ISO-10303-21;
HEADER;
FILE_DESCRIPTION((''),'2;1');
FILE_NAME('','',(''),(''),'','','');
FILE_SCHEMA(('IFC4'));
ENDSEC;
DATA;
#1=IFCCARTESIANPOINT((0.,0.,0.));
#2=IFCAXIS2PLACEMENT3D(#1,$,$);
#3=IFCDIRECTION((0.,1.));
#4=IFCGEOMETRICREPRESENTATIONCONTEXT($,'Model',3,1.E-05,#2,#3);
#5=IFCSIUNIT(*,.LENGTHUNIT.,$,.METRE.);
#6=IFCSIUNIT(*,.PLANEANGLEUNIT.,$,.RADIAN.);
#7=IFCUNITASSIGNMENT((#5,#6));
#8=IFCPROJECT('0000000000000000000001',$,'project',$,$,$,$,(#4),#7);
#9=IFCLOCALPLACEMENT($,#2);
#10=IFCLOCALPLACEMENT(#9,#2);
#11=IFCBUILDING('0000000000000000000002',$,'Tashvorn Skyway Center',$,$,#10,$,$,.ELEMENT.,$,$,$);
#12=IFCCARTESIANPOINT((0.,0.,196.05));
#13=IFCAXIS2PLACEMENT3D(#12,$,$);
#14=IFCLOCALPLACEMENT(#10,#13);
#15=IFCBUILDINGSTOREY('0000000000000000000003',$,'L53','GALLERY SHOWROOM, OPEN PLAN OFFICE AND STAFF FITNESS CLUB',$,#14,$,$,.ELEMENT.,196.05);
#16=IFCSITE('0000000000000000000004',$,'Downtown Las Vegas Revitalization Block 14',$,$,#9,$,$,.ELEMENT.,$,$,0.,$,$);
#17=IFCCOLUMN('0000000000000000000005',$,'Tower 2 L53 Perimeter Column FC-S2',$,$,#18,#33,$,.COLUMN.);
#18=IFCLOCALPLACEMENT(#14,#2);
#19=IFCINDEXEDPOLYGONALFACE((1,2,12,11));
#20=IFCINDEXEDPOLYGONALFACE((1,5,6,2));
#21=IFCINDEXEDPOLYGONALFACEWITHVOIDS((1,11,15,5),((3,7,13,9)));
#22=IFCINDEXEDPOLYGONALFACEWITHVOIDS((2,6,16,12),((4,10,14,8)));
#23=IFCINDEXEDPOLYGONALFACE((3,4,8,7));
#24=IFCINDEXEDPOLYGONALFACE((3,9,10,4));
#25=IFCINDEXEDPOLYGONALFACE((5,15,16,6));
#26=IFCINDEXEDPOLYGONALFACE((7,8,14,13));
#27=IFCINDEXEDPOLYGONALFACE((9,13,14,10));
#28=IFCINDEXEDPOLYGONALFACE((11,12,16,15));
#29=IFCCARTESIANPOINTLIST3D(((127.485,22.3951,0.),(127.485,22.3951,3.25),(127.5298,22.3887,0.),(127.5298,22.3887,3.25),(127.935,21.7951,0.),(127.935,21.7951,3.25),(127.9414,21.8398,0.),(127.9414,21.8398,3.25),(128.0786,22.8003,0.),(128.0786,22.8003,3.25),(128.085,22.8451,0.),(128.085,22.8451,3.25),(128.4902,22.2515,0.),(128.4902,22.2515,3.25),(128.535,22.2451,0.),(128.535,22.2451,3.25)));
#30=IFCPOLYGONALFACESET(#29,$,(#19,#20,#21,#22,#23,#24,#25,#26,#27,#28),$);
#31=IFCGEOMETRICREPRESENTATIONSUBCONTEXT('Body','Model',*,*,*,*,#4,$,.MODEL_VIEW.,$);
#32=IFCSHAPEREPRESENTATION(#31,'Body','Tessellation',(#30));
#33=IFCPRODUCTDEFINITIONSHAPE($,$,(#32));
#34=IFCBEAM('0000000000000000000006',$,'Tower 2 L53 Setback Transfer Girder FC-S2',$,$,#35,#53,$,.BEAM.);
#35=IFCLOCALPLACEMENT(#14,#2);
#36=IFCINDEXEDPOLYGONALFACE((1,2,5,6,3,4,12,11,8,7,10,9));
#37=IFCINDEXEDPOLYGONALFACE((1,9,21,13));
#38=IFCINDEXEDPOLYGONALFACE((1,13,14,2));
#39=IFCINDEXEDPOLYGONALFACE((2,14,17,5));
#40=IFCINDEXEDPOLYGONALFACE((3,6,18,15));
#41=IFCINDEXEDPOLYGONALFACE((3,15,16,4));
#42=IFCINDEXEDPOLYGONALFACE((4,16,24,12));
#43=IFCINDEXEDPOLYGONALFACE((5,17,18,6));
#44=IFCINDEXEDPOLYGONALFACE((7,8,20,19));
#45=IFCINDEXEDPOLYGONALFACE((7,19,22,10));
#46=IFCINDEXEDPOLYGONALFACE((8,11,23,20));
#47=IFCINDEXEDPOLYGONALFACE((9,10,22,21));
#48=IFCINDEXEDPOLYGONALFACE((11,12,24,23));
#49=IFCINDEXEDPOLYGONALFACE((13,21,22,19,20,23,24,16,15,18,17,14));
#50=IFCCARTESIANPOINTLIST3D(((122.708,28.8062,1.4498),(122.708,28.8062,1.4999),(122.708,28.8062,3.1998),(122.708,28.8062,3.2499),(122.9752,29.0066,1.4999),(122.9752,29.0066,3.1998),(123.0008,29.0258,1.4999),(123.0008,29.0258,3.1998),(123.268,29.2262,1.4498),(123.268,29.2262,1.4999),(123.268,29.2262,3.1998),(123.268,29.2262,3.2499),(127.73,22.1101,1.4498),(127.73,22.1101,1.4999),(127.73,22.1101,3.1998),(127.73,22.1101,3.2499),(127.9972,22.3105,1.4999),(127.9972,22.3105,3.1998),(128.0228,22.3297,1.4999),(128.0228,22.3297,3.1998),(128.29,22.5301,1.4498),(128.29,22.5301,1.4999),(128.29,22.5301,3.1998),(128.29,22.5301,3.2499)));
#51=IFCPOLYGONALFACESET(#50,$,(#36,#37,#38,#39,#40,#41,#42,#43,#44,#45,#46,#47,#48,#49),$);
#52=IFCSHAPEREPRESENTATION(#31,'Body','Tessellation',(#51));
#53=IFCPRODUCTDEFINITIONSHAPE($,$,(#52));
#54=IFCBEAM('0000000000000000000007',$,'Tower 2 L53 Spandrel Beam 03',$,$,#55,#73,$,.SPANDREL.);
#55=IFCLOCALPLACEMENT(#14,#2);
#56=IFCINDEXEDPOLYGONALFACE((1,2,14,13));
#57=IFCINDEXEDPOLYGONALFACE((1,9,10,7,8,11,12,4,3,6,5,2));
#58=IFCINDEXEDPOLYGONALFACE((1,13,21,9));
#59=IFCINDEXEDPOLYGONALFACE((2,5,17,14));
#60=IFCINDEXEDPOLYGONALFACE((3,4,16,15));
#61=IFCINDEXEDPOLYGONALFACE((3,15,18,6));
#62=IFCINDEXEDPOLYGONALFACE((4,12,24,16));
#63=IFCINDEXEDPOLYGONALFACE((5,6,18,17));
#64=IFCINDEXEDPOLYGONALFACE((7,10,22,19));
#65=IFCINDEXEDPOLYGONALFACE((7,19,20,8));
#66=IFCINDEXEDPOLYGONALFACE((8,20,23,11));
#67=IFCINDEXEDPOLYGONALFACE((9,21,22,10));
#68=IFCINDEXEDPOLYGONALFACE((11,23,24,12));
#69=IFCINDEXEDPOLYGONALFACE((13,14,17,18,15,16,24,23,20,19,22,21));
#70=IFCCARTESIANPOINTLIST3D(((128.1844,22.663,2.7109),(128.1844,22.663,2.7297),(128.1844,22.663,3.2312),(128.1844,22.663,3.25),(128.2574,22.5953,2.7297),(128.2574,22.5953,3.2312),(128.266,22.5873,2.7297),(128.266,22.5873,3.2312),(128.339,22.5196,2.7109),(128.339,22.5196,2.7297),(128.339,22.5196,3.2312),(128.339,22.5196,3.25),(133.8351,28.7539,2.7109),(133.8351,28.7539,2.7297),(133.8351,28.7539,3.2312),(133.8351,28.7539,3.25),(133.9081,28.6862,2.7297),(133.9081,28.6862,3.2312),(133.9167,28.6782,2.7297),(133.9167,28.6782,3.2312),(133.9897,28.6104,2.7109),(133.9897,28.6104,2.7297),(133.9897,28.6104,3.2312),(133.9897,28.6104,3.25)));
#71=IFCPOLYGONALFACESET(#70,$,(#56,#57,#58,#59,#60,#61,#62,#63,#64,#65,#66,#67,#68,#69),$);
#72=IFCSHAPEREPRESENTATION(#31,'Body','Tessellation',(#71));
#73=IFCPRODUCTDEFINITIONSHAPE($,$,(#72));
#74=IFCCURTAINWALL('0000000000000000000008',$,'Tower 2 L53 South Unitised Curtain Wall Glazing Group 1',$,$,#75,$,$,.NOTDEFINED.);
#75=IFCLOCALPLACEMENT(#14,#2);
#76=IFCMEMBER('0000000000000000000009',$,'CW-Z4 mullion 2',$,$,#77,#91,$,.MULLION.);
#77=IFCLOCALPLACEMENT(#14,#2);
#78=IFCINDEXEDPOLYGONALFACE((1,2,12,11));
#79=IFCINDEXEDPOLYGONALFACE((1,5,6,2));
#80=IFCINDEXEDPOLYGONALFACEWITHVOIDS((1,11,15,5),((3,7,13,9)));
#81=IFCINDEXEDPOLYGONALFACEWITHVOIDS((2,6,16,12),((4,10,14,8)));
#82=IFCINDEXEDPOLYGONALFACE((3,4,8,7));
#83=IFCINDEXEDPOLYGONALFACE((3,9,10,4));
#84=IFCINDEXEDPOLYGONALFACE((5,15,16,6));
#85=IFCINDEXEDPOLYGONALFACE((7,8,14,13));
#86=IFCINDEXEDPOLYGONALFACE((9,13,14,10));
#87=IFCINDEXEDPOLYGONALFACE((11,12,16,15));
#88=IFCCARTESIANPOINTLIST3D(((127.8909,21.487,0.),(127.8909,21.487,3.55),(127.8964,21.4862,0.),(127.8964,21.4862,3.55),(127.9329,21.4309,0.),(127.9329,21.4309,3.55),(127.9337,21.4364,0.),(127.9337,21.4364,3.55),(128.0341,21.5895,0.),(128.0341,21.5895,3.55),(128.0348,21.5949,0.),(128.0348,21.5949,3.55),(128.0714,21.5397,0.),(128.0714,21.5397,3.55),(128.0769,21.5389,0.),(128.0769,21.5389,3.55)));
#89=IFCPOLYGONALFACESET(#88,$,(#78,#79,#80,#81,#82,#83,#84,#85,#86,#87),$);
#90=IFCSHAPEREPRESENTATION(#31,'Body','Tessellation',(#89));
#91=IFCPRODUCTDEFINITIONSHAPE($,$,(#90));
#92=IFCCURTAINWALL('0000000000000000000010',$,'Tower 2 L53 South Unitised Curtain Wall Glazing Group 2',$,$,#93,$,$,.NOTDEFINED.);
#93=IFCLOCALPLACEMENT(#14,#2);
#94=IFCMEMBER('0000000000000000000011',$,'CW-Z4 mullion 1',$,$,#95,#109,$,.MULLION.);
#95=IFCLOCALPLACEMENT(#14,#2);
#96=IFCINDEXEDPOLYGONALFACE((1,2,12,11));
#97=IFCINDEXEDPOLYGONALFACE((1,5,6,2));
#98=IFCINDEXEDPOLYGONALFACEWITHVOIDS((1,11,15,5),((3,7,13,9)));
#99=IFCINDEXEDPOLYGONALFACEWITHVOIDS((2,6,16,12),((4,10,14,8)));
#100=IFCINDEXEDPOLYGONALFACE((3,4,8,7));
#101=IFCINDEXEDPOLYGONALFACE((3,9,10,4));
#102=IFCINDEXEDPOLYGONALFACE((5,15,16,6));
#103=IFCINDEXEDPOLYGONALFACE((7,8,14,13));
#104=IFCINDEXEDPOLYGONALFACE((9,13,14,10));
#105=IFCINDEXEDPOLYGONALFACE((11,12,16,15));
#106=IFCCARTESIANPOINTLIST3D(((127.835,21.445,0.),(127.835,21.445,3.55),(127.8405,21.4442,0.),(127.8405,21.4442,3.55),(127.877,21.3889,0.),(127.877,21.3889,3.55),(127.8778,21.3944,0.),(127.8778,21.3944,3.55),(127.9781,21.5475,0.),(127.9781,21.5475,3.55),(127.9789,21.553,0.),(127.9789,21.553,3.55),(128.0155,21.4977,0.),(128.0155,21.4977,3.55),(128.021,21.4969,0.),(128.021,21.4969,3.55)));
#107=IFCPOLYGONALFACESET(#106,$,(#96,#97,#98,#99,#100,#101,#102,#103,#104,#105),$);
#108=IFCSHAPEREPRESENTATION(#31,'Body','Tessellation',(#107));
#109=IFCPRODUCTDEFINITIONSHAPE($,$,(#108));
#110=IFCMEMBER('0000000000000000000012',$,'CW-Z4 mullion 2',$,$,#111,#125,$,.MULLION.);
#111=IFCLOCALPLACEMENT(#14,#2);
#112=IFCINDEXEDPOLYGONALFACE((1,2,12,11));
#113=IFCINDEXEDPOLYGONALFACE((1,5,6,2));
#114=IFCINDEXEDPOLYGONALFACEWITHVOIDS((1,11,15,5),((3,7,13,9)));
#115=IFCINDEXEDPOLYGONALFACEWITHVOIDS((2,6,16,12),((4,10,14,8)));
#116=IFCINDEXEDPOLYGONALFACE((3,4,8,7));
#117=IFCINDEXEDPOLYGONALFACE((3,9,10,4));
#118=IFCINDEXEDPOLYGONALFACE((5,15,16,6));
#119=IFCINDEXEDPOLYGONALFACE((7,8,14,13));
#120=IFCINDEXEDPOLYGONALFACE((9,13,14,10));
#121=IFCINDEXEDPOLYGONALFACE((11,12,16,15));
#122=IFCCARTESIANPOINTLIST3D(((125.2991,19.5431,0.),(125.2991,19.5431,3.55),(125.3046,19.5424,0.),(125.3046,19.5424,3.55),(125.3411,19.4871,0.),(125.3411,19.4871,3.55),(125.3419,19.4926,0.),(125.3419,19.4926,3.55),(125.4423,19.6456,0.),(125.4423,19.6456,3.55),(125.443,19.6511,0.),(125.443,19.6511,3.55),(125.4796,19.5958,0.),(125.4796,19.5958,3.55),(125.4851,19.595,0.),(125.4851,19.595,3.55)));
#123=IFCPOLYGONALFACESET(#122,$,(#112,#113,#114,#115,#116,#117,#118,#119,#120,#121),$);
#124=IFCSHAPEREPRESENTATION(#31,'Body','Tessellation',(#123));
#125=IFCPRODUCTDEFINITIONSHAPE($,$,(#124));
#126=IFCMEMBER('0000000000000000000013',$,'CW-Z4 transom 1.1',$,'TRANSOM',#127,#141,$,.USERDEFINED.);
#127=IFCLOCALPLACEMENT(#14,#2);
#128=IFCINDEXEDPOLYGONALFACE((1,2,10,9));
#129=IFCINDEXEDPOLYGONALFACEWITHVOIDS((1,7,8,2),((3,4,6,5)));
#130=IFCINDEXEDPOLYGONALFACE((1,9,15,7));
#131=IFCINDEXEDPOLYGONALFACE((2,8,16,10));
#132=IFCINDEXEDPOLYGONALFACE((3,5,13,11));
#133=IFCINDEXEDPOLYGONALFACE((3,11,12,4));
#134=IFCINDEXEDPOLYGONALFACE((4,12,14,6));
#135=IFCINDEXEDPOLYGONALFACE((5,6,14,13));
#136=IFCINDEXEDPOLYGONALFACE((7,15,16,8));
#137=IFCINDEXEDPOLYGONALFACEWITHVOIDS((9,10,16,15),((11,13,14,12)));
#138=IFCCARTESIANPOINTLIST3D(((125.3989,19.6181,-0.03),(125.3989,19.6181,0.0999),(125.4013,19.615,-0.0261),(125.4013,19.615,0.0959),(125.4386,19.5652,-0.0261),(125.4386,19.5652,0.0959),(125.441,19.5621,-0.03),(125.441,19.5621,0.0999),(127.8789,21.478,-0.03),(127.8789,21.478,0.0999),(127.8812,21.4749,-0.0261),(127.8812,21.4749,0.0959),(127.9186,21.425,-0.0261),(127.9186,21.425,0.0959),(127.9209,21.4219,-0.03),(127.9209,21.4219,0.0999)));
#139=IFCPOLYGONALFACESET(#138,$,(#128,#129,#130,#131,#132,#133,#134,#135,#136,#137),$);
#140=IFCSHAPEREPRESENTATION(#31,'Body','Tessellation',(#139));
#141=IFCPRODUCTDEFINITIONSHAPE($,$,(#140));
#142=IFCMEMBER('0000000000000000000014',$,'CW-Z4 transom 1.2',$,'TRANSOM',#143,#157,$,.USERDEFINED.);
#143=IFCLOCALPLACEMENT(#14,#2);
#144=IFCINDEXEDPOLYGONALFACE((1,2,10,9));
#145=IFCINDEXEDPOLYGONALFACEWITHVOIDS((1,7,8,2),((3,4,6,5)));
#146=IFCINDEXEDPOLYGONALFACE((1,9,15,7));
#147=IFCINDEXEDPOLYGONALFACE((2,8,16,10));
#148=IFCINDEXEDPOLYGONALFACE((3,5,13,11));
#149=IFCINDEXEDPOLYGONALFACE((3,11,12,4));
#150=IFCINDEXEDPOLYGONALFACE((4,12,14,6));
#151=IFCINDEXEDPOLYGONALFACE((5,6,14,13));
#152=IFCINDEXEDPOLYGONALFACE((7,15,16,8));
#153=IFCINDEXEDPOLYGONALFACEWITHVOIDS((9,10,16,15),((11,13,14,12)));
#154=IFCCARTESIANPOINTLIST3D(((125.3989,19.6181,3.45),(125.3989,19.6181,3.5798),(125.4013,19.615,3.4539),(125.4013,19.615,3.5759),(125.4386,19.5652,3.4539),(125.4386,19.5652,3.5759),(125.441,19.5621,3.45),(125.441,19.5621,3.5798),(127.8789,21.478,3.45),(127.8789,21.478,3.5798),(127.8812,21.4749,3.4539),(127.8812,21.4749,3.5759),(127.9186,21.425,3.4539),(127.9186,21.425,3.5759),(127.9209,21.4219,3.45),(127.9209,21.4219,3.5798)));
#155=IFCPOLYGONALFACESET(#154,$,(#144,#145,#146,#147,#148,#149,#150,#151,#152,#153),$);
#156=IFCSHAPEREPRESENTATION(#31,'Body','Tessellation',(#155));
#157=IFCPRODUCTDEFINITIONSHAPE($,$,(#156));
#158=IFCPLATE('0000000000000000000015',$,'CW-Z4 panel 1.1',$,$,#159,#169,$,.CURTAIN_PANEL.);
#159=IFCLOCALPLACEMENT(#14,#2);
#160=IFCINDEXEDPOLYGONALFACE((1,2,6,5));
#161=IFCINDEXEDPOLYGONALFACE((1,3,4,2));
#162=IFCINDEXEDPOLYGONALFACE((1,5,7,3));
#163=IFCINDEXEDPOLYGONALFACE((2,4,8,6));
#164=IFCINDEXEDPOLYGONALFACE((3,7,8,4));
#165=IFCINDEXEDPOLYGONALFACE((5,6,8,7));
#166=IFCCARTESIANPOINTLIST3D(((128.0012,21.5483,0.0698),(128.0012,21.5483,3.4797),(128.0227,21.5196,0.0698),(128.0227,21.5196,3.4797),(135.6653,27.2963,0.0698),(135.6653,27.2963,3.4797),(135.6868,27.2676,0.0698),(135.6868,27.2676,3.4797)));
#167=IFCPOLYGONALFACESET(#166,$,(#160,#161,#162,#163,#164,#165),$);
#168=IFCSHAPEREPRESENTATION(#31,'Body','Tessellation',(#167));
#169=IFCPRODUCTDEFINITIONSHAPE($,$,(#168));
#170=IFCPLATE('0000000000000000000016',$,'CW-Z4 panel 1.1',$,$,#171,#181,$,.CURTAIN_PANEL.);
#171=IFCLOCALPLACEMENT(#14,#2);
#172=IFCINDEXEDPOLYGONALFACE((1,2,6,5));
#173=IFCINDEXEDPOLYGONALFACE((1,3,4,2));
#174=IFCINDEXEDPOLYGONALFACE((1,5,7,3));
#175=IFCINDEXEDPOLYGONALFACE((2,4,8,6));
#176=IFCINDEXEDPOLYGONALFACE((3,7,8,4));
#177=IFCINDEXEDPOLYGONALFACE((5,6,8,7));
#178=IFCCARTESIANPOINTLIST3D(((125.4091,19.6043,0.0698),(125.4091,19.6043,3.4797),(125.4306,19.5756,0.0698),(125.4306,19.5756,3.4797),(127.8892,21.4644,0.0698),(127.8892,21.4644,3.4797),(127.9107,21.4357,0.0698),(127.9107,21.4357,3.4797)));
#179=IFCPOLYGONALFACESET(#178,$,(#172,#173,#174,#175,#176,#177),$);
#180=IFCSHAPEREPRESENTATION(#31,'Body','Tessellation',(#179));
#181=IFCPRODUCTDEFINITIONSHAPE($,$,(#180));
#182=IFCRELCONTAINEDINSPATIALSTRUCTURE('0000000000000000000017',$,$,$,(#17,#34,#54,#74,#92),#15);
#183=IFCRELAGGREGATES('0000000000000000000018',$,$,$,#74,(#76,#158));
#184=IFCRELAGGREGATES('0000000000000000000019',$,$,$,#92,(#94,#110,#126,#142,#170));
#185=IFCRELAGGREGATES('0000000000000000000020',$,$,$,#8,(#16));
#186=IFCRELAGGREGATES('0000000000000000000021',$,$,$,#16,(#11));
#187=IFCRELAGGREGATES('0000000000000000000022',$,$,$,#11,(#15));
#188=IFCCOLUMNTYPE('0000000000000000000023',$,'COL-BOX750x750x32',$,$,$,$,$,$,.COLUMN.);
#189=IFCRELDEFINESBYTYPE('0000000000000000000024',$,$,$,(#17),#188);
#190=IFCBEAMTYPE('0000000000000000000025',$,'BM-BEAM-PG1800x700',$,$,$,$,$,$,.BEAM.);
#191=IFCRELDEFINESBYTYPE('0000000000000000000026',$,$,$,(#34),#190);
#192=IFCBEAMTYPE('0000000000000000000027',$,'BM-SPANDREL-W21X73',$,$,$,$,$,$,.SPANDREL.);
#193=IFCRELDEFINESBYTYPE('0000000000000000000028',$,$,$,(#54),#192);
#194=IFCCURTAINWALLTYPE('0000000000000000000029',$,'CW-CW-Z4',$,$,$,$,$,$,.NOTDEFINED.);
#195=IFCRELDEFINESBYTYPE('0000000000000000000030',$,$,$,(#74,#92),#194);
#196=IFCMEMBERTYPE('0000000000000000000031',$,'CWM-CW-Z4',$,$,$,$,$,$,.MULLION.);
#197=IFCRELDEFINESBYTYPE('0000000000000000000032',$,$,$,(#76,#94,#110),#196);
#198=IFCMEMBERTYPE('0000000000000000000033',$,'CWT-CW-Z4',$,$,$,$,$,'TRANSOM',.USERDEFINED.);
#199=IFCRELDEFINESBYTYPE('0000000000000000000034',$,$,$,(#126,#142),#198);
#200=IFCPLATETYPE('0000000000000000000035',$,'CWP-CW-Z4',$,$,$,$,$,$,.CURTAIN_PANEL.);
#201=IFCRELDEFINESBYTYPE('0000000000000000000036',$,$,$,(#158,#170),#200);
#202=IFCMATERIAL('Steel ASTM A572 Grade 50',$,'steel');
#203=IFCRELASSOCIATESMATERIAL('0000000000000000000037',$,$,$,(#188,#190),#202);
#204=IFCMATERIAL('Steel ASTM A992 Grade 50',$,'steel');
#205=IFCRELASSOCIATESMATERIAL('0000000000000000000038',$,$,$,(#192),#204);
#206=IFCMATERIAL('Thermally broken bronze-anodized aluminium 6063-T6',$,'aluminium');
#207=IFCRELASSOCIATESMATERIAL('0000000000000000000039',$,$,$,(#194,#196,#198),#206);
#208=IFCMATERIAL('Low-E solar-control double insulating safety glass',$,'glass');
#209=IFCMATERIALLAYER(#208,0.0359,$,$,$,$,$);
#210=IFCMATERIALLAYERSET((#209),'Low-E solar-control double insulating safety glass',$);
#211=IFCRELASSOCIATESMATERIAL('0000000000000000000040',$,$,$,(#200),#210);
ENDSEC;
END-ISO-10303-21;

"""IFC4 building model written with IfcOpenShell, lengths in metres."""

from ifc_helpers import new_model, si_unit, direction, frame, origin, origin_2d, place, context, subcontext, project, spatial, rectangle, hollow_rectangle, i_section, extrude, material, layer, layer_set, material_profile, profile_set, type_object, element, aggregate, save


model = new_model("IFC4")

# Units and contexts
model_context = context("Model", 3, precision=1e-05, world=origin(), true_north=direction((0.0, 1.0)))
body_context = subcontext(model_context, "Body", "Model", "MODEL_VIEW")
ifc_project = project(units=[si_unit("LENGTHUNIT", "METRE"), si_unit("PLANEANGLEUNIT", "RADIAN")], contexts=[model_context])

# Site, building, storey
site_placement = place(None, origin())
site = spatial("IfcSite", under=ifc_project, at=site_placement, Name="Downtown Las Vegas Revitalization Block 14", CompositionType="ELEMENT", RefElevation=0.0)
building_placement = place(site_placement, origin())
building = spatial("IfcBuilding", under=site, at=building_placement, Name="Tashvorn Skyway Center", CompositionType="ELEMENT")
storey_placement = place(building_placement, frame((0.0, 0.0, 196.05)))
storey = spatial("IfcBuildingStorey", under=building, at=storey_placement, Name="L53", Description="GALLERY SHOWROOM, OPEN PLAN OFFICE AND STAFF FITNESS CLUB", CompositionType="ELEMENT", Elevation=196.05)

# Column
ifc_material_1 = material(Name="Steel ASTM A572 Grade 50", Category="steel")
ifc_material_profile_1 = material_profile(ifc_material_1, hollow_rectangle(XDim=0.75, YDim=0.75, WallThickness=0.032, at=origin_2d()), Name="BOX750x750x32")
ifc_profile_set_1 = profile_set([ifc_material_profile_1], Name="Steel ASTM A572 Grade 50")
column_type = type_object("IfcColumnType", Name="COL-BOX750x750x32", PredefinedType="COLUMN", material=ifc_profile_set_1)
column_placement = place(storey_placement, frame((128.01, 22.3201, 0.0), z_axis=(0.0, 0.0, 1.0), x_axis=(0.8, 0.6, 0.0)))
element("IfcColumn", 1, at=column_placement, inside=storey, type_object=column_type, Name="Tower 2 L53 Perimeter Column FC-S2", PredefinedType="COLUMN", context=body_context, shape_type="SweptSolid", body=[
    extrude(hollow_rectangle(XDim=0.75, YDim=0.75, WallThickness=0.032, at=origin_2d()), origin(), (0.0, 0.0, 1.0), 3.25),
])

# Beams
ifc_material_profile_2 = material_profile(ifc_material_1, i_section(OverallWidth=0.7, OverallDepth=1.8, WebThickness=0.032, FlangeThickness=0.05, at=origin_2d()), Name="PG1800x700")
ifc_profile_set_2 = profile_set([ifc_material_profile_2], Name="Steel ASTM A572 Grade 50")
beam_type_1 = type_object("IfcBeamType", Name="BM-BEAM-PG1800x700", PredefinedType="BEAM", material=ifc_profile_set_2)
beam_1_placement = place(storey_placement, frame((128.01, 22.3201, 2.3499), z_axis=(-0.599995, 0.800004, 0.0), x_axis=(-0.800004, -0.599995, 0.0)))
element("IfcBeam", 2, at=beam_1_placement, inside=storey, type_object=beam_type_1, Name="Tower 2 L53 Setback Transfer Girder FC-S2", PredefinedType="BEAM", context=body_context, shape_type="SweptSolid", body=[
    extrude(i_section(OverallWidth=0.7, OverallDepth=1.8, WebThickness=0.032, FlangeThickness=0.05, at=origin_2d()), origin(), (0.0, 0.0, 1.0), 8.3701),
])
ifc_material_2 = material(Name="Steel ASTM A992 Grade 50", Category="steel")
ifc_material_profile_3 = material_profile(ifc_material_2, i_section(OverallWidth=0.2109, OverallDepth=0.5391, WebThickness=0.0117, FlangeThickness=0.0188, at=origin_2d()), Name="W21X73")
ifc_profile_set_3 = profile_set([ifc_material_profile_3], Name="Steel ASTM A992 Grade 50")
beam_type_2 = type_object("IfcBeamType", Name="BM-SPANDREL-W21X73", PredefinedType="SPANDREL", material=ifc_profile_set_3)
beam_2_placement = place(storey_placement, frame((128.2617, 22.5913, 2.9805), z_axis=(0.68012, 0.733101, 0.0), x_axis=(-0.733101, 0.68012, 0.0)))
element("IfcBeam", 3, at=beam_2_placement, inside=storey, type_object=beam_type_2, Name="Tower 2 L53 Spandrel Beam 03", PredefinedType="SPANDREL", context=body_context, shape_type="SweptSolid", body=[
    extrude(i_section(OverallWidth=0.2109, OverallDepth=0.5391, WebThickness=0.0117, FlangeThickness=0.0188, at=origin_2d()), origin(), (0.0, 0.0, 1.0), 8.3083),
])

# Curtain wall, member
ifc_material_3 = material(Name="Thermally broken bronze-anodized aluminium 6063-T6", Category="aluminium")
curtain_wall_type = type_object("IfcCurtainWallType", Name="CW-CW-Z4", PredefinedType="NOTDEFINED", material=ifc_material_3)
curtain_wall_1_placement = place(storey_placement, origin())
curtain_wall_1 = element("IfcCurtainWall", 4, at=curtain_wall_1_placement, inside=storey, type_object=curtain_wall_type, Name="Tower 2 L53 South Unitised Curtain Wall Glazing Group 1", PredefinedType="NOTDEFINED")
ifc_material_profile_4 = material_profile(ifc_material_3, hollow_rectangle(XDim=0.0701, YDim=0.1799, WallThickness=0.0039, at=origin_2d()), Name="ALU-MULL-70x180")
ifc_profile_set_4 = profile_set([ifc_material_profile_4], Name="Thermally broken bronze-anodized aluminium 6063-T6")
member_type_1 = type_object("IfcMemberType", Name="CWM-CW-Z4", PredefinedType="MULLION", material=ifc_profile_set_4)
member_1_placement = place(storey_placement, frame((127.9839, 21.5129, 0.0), z_axis=(0.0, 0.0, 1.0), x_axis=(0.6, -0.8, 0.0)))
member_1 = element("IfcMember", 5, at=member_1_placement, type_object=member_type_1, Name="CW-Z4 mullion 2", PredefinedType="MULLION", context=body_context, shape_type="SweptSolid", body=[
    extrude(hollow_rectangle(XDim=0.0701, YDim=0.1799, WallThickness=0.0039, at=origin_2d()), origin(), (0.0, 0.0, 1.0), 3.55),
])

# Curtain wall, members
curtain_wall_2_placement = place(storey_placement, origin())
curtain_wall_2 = element("IfcCurtainWall", 6, at=curtain_wall_2_placement, inside=storey, type_object=curtain_wall_type, Name="Tower 2 L53 South Unitised Curtain Wall Glazing Group 2", PredefinedType="NOTDEFINED")
member_2_placement = place(storey_placement, frame((127.928, 21.4709, 0.0), z_axis=(0.0, 0.0, 1.0), x_axis=(0.6, -0.8, 0.0)))
member_2 = element("IfcMember", 7, at=member_2_placement, type_object=member_type_1, Name="CW-Z4 mullion 1", PredefinedType="MULLION", context=body_context, shape_type="SweptSolid", body=[
    extrude(hollow_rectangle(XDim=0.0701, YDim=0.1799, WallThickness=0.0039, at=origin_2d()), origin(), (0.0, 0.0, 1.0), 3.55),
])
member_3_placement = place(storey_placement, frame((125.3921, 19.5691, 0.0), z_axis=(0.0, 0.0, 1.0), x_axis=(0.6, -0.8, 0.0)))
member_3 = element("IfcMember", 8, at=member_3_placement, type_object=member_type_1, Name="CW-Z4 mullion 2", PredefinedType="MULLION", context=body_context, shape_type="SweptSolid", body=[
    extrude(hollow_rectangle(XDim=0.0701, YDim=0.1799, WallThickness=0.0039, at=origin_2d()), origin(), (0.0, 0.0, 1.0), 3.55),
])
ifc_material_profile_5 = material_profile(ifc_material_3, hollow_rectangle(XDim=0.0701, YDim=0.1299, WallThickness=0.0039, at=origin_2d()), Name="ALU-TRAN-70x130")
ifc_profile_set_5 = profile_set([ifc_material_profile_5], Name="Thermally broken bronze-anodized aluminium 6063-T6")
member_type_2 = type_object("IfcMemberType", Name="CWT-CW-Z4", ElementType="TRANSOM", PredefinedType="USERDEFINED", material=ifc_profile_set_5)
member_4_placement = place(storey_placement, frame((127.8999, 21.45, 0.0349), z_axis=(-0.800019, -0.599975, 0.0), x_axis=(0.599975, -0.800019, 0.0)))
member_4 = element("IfcMember", 9, at=member_4_placement, type_object=member_type_2, Name="CW-Z4 transom 1.1", ObjectType="TRANSOM", PredefinedType="USERDEFINED", context=body_context, shape_type="SweptSolid", body=[
    extrude(hollow_rectangle(XDim=0.0701, YDim=0.1299, WallThickness=0.0039, at=origin_2d()), origin(), (0.0, 0.0, 1.0), 3.0999),
])
member_5_placement = place(storey_placement, frame((127.8999, 21.45, 3.5149), z_axis=(-0.800019, -0.599975, 0.0), x_axis=(0.599975, -0.800019, 0.0)))
member_5 = element("IfcMember", 10, at=member_5_placement, type_object=member_type_2, Name="CW-Z4 transom 1.2", ObjectType="TRANSOM", PredefinedType="USERDEFINED", context=body_context, shape_type="SweptSolid", body=[
    extrude(hollow_rectangle(XDim=0.0701, YDim=0.1299, WallThickness=0.0039, at=origin_2d()), origin(), (0.0, 0.0, 1.0), 3.0999),
])

# Plates
ifc_material_4 = material(Name="Low-E solar-control double insulating safety glass", Category="glass")
ifc_layer_1 = layer(ifc_material_4, 0.0359)
ifc_layer_set_1 = layer_set([ifc_layer_1], Name="Low-E solar-control double insulating safety glass")
plate_type_1 = type_object("IfcPlateType", Name="CWP-CW-Z4", PredefinedType="CURTAIN_PANEL", material=ifc_layer_set_1)
plate_1_placement = place(storey_placement, frame((131.844, 24.408, 0.0698), z_axis=(0.0, 0.0, 1.0), x_axis=(-0.8, -0.6, 0.0)))
plate_1 = element("IfcPlate", 11, at=plate_1_placement, type_object=plate_type_1, Name="CW-Z4 panel 1.1", PredefinedType="CURTAIN_PANEL", context=body_context, shape_type="SweptSolid", body=[
    extrude(rectangle(XDim=9.5801, YDim=0.0359, at=origin_2d()), origin(), (0.0, 0.0, 1.0), 3.4099),
])
aggregate(curtain_wall_1, [member_1, plate_1])
plate_2_placement = place(storey_placement, frame((126.6599, 20.52, 0.0698), z_axis=(0.0, 0.0, 1.0), x_axis=(-0.8, -0.6, 0.0)))
plate_2 = element("IfcPlate", 12, at=plate_2_placement, type_object=plate_type_1, Name="CW-Z4 panel 1.1", PredefinedType="CURTAIN_PANEL", context=body_context, shape_type="SweptSolid", body=[
    extrude(rectangle(XDim=3.1001, YDim=0.0359, at=origin_2d()), origin(), (0.0, 0.0, 1.0), 3.4099),
])
aggregate(curtain_wall_2, [member_2, member_3, member_4, member_5, plate_2])

save(model, "model.ifc")
